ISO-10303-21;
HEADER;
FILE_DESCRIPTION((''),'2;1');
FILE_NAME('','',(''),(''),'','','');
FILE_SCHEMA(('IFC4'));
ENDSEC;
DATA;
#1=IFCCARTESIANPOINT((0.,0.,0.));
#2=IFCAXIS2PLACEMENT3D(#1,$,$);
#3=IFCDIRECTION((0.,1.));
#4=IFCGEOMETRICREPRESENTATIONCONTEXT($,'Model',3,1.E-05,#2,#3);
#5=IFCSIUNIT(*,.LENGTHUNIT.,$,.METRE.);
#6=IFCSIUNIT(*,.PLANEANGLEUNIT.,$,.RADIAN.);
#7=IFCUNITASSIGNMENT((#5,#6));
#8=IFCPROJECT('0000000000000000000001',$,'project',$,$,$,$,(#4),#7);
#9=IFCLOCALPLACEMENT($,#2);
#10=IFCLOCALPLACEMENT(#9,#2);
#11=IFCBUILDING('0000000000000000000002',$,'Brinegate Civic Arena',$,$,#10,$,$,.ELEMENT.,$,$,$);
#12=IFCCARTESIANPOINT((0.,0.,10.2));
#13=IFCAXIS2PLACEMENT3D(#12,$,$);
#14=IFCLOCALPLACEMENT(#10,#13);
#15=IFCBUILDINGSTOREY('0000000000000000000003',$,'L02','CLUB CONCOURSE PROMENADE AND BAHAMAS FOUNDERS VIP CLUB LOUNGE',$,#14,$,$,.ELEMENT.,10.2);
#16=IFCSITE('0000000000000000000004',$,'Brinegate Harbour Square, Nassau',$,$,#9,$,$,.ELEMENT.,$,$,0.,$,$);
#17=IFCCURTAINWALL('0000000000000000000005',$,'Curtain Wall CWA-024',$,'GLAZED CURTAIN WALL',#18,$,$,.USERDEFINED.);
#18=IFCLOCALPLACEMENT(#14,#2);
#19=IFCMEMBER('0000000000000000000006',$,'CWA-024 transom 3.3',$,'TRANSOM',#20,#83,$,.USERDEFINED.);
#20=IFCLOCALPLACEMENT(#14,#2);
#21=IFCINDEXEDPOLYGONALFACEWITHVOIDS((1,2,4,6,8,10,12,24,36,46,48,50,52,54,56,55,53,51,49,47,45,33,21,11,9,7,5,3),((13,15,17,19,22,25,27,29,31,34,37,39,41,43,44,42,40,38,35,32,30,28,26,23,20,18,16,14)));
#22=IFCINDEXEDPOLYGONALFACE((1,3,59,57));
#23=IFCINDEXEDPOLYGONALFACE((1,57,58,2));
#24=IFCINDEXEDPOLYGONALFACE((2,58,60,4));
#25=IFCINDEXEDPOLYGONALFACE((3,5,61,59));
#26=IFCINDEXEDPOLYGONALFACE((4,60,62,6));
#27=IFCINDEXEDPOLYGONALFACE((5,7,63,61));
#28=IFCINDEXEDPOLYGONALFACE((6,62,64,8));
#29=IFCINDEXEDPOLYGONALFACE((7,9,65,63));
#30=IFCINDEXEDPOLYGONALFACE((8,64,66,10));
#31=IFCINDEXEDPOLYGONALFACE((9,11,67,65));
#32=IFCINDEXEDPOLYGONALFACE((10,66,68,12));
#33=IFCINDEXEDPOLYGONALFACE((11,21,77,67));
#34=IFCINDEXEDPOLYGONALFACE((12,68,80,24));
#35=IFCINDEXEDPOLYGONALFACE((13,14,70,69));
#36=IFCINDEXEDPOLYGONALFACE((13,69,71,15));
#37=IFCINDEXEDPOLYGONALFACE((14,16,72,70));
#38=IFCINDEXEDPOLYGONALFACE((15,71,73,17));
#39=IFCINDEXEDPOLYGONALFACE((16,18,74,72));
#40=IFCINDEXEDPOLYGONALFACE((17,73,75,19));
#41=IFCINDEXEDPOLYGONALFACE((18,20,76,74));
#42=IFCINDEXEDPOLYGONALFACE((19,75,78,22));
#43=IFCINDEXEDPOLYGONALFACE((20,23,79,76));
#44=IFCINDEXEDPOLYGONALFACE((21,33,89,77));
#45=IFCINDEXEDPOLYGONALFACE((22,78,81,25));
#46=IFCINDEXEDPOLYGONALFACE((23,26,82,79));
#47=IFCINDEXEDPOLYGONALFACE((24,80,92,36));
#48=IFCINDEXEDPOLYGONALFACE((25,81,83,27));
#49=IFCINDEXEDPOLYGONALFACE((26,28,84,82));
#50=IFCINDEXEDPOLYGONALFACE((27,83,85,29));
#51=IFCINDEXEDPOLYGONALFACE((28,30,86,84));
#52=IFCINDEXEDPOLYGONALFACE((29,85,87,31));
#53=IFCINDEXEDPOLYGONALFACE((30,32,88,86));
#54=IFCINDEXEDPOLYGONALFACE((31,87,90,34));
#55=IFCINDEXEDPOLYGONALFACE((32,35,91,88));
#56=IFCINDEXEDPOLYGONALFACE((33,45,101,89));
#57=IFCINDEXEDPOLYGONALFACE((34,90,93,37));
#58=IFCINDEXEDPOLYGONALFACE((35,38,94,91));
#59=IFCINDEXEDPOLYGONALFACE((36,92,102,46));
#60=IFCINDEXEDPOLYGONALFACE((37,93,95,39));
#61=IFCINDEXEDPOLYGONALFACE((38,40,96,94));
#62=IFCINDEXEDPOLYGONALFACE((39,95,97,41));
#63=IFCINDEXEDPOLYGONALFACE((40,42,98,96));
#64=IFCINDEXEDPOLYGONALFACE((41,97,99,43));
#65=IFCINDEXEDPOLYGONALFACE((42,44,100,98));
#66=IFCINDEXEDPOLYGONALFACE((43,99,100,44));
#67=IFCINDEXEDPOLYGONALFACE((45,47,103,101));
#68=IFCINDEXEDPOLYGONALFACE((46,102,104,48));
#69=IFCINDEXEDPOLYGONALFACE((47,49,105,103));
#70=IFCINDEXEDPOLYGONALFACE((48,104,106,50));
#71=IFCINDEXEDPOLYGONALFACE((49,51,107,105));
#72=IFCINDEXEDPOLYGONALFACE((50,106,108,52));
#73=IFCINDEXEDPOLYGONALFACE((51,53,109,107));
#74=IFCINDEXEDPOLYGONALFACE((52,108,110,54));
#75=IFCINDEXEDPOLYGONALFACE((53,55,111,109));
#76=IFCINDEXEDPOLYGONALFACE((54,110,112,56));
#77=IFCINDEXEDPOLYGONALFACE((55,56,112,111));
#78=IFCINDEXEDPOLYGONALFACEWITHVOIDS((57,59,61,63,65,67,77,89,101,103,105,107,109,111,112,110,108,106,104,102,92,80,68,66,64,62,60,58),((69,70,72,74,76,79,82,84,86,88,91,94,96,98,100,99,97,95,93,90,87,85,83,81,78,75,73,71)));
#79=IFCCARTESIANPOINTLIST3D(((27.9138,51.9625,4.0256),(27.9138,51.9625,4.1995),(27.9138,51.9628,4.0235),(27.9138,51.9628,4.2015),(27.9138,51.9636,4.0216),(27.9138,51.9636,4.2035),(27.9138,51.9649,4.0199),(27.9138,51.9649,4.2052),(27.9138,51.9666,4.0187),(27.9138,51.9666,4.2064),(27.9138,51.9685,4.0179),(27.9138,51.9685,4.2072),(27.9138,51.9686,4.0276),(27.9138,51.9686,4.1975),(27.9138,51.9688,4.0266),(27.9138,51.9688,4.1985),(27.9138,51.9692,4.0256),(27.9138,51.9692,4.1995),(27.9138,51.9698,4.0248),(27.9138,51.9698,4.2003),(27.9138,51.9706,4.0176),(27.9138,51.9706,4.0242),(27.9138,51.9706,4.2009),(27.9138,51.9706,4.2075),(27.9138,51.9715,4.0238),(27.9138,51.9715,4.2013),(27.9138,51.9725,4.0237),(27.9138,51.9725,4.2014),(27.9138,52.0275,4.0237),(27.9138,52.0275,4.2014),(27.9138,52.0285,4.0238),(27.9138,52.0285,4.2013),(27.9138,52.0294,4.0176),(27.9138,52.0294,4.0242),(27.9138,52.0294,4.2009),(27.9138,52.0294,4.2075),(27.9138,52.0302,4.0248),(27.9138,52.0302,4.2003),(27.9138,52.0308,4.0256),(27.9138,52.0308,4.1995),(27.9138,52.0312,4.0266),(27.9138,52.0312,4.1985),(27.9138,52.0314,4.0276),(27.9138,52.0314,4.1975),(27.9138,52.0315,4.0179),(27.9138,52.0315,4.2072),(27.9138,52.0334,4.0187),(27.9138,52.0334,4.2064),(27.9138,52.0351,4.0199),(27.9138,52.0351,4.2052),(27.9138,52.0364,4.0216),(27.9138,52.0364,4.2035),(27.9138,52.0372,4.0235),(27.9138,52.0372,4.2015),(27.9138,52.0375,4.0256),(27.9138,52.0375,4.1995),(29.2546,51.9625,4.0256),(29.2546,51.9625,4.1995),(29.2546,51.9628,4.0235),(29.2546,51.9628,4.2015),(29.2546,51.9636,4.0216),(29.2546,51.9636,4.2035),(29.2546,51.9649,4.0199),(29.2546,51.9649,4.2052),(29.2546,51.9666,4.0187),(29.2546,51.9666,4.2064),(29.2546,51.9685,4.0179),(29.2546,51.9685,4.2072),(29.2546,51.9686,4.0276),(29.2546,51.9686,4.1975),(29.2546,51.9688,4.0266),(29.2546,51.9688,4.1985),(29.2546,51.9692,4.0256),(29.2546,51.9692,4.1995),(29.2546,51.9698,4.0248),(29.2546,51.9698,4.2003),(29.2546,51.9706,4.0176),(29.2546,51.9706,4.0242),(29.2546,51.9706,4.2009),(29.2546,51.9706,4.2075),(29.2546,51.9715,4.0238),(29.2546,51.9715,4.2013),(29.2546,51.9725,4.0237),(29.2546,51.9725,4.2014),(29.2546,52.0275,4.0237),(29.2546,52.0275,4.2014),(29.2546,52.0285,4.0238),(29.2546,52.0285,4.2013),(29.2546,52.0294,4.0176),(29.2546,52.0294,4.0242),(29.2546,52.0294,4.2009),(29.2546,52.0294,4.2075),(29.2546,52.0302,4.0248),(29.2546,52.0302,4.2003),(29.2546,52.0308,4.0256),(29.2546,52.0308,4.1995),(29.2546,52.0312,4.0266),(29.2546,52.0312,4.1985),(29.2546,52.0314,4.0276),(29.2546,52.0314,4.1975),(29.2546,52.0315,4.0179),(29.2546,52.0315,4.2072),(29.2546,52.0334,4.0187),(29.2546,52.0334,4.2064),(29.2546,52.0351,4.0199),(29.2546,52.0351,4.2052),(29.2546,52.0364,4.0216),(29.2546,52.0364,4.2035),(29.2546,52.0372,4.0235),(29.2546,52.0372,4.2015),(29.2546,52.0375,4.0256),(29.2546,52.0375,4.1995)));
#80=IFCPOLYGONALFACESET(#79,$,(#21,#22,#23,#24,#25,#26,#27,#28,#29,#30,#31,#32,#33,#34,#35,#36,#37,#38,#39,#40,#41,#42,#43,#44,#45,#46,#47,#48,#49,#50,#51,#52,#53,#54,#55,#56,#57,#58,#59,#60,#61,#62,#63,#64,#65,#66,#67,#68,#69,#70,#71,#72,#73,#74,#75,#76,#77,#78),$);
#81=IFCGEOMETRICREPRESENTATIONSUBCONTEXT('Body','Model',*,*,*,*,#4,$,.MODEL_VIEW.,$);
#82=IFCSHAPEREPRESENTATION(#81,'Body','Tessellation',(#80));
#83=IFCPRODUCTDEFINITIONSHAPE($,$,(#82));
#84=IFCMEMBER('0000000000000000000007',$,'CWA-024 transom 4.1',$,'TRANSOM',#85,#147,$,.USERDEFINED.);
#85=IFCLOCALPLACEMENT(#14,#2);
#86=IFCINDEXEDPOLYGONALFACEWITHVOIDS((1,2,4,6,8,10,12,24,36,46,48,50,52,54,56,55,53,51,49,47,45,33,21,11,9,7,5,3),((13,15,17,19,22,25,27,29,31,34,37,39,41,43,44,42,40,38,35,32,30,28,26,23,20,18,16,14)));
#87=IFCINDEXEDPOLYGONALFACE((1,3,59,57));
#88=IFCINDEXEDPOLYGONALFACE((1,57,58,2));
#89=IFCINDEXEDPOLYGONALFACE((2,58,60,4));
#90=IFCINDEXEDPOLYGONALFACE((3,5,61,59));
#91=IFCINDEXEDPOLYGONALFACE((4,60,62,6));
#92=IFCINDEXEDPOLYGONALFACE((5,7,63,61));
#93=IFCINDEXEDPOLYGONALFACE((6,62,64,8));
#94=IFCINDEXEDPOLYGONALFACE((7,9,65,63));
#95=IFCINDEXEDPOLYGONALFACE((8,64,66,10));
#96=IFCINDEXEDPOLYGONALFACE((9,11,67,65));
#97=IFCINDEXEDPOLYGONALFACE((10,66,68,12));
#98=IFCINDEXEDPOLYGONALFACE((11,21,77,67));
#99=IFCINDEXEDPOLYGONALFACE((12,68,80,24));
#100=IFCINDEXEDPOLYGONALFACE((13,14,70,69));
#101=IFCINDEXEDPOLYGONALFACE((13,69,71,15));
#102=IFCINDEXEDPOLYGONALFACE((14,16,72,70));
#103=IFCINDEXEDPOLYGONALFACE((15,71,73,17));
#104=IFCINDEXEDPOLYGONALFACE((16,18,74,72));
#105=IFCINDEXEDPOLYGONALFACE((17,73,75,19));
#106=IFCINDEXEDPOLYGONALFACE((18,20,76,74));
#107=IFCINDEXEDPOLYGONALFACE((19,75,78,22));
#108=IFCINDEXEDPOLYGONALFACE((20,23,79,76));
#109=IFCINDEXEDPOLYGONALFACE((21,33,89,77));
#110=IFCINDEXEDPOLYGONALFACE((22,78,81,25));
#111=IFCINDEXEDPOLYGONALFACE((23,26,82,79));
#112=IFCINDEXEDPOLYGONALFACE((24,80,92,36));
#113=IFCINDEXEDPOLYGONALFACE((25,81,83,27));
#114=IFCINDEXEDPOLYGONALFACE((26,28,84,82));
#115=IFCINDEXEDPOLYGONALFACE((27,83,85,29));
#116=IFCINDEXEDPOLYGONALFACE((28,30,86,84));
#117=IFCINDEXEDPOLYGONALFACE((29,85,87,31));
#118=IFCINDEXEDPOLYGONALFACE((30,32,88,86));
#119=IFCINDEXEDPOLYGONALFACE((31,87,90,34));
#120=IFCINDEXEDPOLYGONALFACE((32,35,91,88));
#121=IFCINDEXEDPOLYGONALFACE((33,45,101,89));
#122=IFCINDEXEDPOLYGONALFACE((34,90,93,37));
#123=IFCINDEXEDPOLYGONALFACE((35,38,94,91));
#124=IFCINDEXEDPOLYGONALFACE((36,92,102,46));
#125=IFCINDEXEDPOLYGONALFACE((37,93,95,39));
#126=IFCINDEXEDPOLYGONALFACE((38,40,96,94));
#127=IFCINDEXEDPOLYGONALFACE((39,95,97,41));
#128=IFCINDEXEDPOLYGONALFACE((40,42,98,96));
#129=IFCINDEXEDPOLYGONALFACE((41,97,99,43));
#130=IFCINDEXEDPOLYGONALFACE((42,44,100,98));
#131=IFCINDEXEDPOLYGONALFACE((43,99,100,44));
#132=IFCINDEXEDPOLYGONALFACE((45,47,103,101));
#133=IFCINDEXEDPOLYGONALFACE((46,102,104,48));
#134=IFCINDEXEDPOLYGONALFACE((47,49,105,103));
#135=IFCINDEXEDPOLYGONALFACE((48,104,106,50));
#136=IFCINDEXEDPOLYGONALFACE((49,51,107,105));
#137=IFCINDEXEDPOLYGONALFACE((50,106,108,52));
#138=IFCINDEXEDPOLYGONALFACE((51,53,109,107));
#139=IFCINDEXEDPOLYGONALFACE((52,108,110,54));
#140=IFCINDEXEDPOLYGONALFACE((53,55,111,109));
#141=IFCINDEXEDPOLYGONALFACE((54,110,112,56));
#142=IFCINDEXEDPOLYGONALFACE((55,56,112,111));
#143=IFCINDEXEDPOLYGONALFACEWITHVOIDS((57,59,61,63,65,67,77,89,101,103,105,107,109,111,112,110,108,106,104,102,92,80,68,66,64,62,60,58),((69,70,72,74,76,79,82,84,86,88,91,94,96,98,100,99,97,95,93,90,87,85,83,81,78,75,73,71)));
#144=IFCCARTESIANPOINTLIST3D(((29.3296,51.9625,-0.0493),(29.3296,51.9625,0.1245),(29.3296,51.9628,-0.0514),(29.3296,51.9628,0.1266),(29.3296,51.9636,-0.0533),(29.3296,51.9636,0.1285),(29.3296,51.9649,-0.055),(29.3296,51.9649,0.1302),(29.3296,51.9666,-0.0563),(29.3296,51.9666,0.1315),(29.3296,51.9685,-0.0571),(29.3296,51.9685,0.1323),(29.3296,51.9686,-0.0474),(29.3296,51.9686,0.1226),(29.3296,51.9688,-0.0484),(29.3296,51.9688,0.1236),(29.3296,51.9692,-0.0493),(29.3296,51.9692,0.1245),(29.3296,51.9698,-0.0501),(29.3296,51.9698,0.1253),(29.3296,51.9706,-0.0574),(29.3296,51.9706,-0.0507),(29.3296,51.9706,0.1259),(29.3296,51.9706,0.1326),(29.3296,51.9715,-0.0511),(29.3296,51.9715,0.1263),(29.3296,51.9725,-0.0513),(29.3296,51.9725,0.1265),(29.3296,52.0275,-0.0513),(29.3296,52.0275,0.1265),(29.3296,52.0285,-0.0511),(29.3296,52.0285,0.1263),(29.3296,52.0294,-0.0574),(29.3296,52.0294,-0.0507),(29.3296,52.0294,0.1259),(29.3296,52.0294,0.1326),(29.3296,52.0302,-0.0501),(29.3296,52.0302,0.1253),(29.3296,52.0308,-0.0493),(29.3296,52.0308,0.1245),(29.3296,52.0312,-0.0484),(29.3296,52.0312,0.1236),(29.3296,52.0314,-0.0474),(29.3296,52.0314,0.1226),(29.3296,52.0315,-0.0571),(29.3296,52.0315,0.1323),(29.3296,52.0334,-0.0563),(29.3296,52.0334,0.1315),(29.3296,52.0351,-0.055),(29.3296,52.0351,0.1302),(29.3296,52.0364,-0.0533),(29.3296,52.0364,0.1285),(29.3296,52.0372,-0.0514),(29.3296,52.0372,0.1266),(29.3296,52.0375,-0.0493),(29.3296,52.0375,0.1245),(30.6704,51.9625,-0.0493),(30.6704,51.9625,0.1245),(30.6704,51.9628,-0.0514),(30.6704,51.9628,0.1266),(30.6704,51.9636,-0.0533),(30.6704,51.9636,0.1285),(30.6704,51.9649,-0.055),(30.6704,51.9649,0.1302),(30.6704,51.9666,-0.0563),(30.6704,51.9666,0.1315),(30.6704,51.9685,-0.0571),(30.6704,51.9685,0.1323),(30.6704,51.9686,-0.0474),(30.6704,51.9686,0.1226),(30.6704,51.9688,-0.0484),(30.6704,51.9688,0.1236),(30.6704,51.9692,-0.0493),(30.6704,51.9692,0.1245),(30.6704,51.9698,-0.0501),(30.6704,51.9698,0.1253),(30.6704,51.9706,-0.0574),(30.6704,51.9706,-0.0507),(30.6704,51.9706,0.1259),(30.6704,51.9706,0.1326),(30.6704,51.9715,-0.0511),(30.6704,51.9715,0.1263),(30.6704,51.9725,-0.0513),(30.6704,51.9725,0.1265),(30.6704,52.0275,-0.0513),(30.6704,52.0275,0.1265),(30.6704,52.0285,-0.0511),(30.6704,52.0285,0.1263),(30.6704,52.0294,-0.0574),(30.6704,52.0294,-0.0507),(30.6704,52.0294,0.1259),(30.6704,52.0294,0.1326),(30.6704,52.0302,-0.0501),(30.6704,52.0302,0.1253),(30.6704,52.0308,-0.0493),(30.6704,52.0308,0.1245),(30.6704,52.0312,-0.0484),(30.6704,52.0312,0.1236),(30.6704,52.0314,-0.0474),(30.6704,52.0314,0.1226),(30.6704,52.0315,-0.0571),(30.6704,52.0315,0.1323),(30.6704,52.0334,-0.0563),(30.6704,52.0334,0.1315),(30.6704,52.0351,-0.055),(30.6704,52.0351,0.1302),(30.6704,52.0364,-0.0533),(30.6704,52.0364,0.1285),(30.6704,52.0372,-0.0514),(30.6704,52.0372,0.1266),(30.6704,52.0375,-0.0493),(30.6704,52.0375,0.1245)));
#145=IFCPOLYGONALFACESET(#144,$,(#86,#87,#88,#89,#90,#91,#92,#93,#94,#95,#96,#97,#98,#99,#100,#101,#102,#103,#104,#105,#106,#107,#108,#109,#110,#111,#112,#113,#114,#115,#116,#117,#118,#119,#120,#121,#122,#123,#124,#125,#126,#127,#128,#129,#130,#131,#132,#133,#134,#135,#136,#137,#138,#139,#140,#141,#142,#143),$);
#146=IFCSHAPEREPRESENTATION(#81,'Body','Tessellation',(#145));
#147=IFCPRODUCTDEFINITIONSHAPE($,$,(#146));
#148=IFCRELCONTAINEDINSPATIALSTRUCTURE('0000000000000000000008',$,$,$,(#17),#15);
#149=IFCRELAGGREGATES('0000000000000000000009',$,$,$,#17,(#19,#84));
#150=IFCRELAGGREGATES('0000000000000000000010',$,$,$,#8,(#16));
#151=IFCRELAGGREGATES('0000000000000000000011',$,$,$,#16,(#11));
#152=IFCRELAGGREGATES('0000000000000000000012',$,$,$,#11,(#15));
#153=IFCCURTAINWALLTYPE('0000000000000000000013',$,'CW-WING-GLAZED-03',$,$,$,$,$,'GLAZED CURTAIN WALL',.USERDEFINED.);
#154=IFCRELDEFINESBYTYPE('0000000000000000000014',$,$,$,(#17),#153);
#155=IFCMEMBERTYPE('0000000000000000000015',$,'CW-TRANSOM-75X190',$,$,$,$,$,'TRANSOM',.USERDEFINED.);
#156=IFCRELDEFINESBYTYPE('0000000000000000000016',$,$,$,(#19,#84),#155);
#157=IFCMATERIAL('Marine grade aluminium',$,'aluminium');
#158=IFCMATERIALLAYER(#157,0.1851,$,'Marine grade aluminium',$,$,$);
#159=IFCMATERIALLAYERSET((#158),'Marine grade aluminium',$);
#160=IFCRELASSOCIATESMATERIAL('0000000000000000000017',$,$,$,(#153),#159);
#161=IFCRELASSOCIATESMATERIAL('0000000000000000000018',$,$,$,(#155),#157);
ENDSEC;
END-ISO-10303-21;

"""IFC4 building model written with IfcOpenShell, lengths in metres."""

from ifc_helpers import new_model, si_unit, direction, frame, origin, origin_2d, place, context, subcontext, project, spatial, hollow_rectangle, extrude, material, layer, layer_set, material_profile, profile_set, type_object, element, aggregate, save


model = new_model("IFC4")

# Units and contexts
model_context = context("Model", 3, precision=1e-05, world=origin(), true_north=direction((0.0, 1.0)))
body_context = subcontext(model_context, "Body", "Model", "MODEL_VIEW")
ifc_project = project(units=[si_unit("LENGTHUNIT", "METRE"), si_unit("PLANEANGLEUNIT", "RADIAN")], contexts=[model_context])

# Site, building, storey
site_placement = place(None, origin())
site = spatial("IfcSite", under=ifc_project, at=site_placement, Name="Brinegate Harbour Square, Nassau", CompositionType="ELEMENT", RefElevation=0.0)
building_placement = place(site_placement, origin())
building = spatial("IfcBuilding", under=site, at=building_placement, Name="Brinegate Civic Arena", CompositionType="ELEMENT")
storey_placement = place(building_placement, frame((0.0, 0.0, 10.2)))
storey = spatial("IfcBuildingStorey", under=building, at=storey_placement, Name="L02", Description="CLUB CONCOURSE PROMENADE AND BAHAMAS FOUNDERS VIP CLUB LOUNGE", CompositionType="ELEMENT", Elevation=10.2)

# Shared definitions
ifc_material_1 = material(Name="Marine grade aluminium", Category="aluminium")
ifc_layer_1 = layer(ifc_material_1, 0.1851, Name="Marine grade aluminium")
ifc_layer_set_1 = layer_set([ifc_layer_1], Name="Marine grade aluminium")
curtain_wall_type_1 = type_object("IfcCurtainWallType", Name="CW-WING-GLAZED-03", ElementType="GLAZED CURTAIN WALL", PredefinedType="USERDEFINED", material=ifc_layer_set_1)

# Curtain wall
curtain_wall_1_placement = place(storey_placement, origin())
curtain_wall_1 = element("IfcCurtainWall", 1, at=curtain_wall_1_placement, inside=storey, type_object=curtain_wall_type_1, Name="Curtain Wall CWA-024", ObjectType="GLAZED CURTAIN WALL", PredefinedType="USERDEFINED")

# Members
ifc_material_profile_1 = material_profile(ifc_material_1, hollow_rectangle(XDim=0.075, YDim=0.1899, WallThickness=0.0061, InnerFilletRadius=0.0039, OuterFilletRadius=0.0081, at=origin_2d()), Name="TRN75X190")
ifc_profile_set_1 = profile_set([ifc_material_profile_1], Name="Marine grade aluminium")
member_type_1 = type_object("IfcMemberType", Name="CW-TRANSOM-75X190", ElementType="TRANSOM", PredefinedType="USERDEFINED", material=ifc_profile_set_1)
member_1_placement = place(storey_placement, frame((27.9138, 52.0, 4.1125), z_axis=(1.0, 0.0, 0.0), x_axis=(0.0, 1.0, 0.0)))
member_1 = element("IfcMember", 2, at=member_1_placement, type_object=member_type_1, Name="CWA-024 transom 3.3", ObjectType="TRANSOM", PredefinedType="USERDEFINED", context=body_context, shape_type="SweptSolid", body=[
    extrude(hollow_rectangle(XDim=0.075, YDim=0.1899, WallThickness=0.0061, InnerFilletRadius=0.0039, OuterFilletRadius=0.0081, at=origin_2d()), origin(), (0.0, 0.0, 1.0), 1.3408),
])
member_2_placement = place(storey_placement, frame((29.3296, 52.0, 0.0376), z_axis=(1.0, 0.0, 0.0), x_axis=(0.0, 1.0, 0.0)))
member_2 = element("IfcMember", 3, at=member_2_placement, type_object=member_type_1, Name="CWA-024 transom 4.1", ObjectType="TRANSOM", PredefinedType="USERDEFINED", context=body_context, shape_type="SweptSolid", body=[
    extrude(hollow_rectangle(XDim=0.075, YDim=0.1899, WallThickness=0.0061, InnerFilletRadius=0.0039, OuterFilletRadius=0.0081, at=origin_2d()), origin(), (0.0, 0.0, 1.0), 1.3408),
])

aggregate(curtain_wall_1, [member_1, member_2])

save(model, "model.ifc")
